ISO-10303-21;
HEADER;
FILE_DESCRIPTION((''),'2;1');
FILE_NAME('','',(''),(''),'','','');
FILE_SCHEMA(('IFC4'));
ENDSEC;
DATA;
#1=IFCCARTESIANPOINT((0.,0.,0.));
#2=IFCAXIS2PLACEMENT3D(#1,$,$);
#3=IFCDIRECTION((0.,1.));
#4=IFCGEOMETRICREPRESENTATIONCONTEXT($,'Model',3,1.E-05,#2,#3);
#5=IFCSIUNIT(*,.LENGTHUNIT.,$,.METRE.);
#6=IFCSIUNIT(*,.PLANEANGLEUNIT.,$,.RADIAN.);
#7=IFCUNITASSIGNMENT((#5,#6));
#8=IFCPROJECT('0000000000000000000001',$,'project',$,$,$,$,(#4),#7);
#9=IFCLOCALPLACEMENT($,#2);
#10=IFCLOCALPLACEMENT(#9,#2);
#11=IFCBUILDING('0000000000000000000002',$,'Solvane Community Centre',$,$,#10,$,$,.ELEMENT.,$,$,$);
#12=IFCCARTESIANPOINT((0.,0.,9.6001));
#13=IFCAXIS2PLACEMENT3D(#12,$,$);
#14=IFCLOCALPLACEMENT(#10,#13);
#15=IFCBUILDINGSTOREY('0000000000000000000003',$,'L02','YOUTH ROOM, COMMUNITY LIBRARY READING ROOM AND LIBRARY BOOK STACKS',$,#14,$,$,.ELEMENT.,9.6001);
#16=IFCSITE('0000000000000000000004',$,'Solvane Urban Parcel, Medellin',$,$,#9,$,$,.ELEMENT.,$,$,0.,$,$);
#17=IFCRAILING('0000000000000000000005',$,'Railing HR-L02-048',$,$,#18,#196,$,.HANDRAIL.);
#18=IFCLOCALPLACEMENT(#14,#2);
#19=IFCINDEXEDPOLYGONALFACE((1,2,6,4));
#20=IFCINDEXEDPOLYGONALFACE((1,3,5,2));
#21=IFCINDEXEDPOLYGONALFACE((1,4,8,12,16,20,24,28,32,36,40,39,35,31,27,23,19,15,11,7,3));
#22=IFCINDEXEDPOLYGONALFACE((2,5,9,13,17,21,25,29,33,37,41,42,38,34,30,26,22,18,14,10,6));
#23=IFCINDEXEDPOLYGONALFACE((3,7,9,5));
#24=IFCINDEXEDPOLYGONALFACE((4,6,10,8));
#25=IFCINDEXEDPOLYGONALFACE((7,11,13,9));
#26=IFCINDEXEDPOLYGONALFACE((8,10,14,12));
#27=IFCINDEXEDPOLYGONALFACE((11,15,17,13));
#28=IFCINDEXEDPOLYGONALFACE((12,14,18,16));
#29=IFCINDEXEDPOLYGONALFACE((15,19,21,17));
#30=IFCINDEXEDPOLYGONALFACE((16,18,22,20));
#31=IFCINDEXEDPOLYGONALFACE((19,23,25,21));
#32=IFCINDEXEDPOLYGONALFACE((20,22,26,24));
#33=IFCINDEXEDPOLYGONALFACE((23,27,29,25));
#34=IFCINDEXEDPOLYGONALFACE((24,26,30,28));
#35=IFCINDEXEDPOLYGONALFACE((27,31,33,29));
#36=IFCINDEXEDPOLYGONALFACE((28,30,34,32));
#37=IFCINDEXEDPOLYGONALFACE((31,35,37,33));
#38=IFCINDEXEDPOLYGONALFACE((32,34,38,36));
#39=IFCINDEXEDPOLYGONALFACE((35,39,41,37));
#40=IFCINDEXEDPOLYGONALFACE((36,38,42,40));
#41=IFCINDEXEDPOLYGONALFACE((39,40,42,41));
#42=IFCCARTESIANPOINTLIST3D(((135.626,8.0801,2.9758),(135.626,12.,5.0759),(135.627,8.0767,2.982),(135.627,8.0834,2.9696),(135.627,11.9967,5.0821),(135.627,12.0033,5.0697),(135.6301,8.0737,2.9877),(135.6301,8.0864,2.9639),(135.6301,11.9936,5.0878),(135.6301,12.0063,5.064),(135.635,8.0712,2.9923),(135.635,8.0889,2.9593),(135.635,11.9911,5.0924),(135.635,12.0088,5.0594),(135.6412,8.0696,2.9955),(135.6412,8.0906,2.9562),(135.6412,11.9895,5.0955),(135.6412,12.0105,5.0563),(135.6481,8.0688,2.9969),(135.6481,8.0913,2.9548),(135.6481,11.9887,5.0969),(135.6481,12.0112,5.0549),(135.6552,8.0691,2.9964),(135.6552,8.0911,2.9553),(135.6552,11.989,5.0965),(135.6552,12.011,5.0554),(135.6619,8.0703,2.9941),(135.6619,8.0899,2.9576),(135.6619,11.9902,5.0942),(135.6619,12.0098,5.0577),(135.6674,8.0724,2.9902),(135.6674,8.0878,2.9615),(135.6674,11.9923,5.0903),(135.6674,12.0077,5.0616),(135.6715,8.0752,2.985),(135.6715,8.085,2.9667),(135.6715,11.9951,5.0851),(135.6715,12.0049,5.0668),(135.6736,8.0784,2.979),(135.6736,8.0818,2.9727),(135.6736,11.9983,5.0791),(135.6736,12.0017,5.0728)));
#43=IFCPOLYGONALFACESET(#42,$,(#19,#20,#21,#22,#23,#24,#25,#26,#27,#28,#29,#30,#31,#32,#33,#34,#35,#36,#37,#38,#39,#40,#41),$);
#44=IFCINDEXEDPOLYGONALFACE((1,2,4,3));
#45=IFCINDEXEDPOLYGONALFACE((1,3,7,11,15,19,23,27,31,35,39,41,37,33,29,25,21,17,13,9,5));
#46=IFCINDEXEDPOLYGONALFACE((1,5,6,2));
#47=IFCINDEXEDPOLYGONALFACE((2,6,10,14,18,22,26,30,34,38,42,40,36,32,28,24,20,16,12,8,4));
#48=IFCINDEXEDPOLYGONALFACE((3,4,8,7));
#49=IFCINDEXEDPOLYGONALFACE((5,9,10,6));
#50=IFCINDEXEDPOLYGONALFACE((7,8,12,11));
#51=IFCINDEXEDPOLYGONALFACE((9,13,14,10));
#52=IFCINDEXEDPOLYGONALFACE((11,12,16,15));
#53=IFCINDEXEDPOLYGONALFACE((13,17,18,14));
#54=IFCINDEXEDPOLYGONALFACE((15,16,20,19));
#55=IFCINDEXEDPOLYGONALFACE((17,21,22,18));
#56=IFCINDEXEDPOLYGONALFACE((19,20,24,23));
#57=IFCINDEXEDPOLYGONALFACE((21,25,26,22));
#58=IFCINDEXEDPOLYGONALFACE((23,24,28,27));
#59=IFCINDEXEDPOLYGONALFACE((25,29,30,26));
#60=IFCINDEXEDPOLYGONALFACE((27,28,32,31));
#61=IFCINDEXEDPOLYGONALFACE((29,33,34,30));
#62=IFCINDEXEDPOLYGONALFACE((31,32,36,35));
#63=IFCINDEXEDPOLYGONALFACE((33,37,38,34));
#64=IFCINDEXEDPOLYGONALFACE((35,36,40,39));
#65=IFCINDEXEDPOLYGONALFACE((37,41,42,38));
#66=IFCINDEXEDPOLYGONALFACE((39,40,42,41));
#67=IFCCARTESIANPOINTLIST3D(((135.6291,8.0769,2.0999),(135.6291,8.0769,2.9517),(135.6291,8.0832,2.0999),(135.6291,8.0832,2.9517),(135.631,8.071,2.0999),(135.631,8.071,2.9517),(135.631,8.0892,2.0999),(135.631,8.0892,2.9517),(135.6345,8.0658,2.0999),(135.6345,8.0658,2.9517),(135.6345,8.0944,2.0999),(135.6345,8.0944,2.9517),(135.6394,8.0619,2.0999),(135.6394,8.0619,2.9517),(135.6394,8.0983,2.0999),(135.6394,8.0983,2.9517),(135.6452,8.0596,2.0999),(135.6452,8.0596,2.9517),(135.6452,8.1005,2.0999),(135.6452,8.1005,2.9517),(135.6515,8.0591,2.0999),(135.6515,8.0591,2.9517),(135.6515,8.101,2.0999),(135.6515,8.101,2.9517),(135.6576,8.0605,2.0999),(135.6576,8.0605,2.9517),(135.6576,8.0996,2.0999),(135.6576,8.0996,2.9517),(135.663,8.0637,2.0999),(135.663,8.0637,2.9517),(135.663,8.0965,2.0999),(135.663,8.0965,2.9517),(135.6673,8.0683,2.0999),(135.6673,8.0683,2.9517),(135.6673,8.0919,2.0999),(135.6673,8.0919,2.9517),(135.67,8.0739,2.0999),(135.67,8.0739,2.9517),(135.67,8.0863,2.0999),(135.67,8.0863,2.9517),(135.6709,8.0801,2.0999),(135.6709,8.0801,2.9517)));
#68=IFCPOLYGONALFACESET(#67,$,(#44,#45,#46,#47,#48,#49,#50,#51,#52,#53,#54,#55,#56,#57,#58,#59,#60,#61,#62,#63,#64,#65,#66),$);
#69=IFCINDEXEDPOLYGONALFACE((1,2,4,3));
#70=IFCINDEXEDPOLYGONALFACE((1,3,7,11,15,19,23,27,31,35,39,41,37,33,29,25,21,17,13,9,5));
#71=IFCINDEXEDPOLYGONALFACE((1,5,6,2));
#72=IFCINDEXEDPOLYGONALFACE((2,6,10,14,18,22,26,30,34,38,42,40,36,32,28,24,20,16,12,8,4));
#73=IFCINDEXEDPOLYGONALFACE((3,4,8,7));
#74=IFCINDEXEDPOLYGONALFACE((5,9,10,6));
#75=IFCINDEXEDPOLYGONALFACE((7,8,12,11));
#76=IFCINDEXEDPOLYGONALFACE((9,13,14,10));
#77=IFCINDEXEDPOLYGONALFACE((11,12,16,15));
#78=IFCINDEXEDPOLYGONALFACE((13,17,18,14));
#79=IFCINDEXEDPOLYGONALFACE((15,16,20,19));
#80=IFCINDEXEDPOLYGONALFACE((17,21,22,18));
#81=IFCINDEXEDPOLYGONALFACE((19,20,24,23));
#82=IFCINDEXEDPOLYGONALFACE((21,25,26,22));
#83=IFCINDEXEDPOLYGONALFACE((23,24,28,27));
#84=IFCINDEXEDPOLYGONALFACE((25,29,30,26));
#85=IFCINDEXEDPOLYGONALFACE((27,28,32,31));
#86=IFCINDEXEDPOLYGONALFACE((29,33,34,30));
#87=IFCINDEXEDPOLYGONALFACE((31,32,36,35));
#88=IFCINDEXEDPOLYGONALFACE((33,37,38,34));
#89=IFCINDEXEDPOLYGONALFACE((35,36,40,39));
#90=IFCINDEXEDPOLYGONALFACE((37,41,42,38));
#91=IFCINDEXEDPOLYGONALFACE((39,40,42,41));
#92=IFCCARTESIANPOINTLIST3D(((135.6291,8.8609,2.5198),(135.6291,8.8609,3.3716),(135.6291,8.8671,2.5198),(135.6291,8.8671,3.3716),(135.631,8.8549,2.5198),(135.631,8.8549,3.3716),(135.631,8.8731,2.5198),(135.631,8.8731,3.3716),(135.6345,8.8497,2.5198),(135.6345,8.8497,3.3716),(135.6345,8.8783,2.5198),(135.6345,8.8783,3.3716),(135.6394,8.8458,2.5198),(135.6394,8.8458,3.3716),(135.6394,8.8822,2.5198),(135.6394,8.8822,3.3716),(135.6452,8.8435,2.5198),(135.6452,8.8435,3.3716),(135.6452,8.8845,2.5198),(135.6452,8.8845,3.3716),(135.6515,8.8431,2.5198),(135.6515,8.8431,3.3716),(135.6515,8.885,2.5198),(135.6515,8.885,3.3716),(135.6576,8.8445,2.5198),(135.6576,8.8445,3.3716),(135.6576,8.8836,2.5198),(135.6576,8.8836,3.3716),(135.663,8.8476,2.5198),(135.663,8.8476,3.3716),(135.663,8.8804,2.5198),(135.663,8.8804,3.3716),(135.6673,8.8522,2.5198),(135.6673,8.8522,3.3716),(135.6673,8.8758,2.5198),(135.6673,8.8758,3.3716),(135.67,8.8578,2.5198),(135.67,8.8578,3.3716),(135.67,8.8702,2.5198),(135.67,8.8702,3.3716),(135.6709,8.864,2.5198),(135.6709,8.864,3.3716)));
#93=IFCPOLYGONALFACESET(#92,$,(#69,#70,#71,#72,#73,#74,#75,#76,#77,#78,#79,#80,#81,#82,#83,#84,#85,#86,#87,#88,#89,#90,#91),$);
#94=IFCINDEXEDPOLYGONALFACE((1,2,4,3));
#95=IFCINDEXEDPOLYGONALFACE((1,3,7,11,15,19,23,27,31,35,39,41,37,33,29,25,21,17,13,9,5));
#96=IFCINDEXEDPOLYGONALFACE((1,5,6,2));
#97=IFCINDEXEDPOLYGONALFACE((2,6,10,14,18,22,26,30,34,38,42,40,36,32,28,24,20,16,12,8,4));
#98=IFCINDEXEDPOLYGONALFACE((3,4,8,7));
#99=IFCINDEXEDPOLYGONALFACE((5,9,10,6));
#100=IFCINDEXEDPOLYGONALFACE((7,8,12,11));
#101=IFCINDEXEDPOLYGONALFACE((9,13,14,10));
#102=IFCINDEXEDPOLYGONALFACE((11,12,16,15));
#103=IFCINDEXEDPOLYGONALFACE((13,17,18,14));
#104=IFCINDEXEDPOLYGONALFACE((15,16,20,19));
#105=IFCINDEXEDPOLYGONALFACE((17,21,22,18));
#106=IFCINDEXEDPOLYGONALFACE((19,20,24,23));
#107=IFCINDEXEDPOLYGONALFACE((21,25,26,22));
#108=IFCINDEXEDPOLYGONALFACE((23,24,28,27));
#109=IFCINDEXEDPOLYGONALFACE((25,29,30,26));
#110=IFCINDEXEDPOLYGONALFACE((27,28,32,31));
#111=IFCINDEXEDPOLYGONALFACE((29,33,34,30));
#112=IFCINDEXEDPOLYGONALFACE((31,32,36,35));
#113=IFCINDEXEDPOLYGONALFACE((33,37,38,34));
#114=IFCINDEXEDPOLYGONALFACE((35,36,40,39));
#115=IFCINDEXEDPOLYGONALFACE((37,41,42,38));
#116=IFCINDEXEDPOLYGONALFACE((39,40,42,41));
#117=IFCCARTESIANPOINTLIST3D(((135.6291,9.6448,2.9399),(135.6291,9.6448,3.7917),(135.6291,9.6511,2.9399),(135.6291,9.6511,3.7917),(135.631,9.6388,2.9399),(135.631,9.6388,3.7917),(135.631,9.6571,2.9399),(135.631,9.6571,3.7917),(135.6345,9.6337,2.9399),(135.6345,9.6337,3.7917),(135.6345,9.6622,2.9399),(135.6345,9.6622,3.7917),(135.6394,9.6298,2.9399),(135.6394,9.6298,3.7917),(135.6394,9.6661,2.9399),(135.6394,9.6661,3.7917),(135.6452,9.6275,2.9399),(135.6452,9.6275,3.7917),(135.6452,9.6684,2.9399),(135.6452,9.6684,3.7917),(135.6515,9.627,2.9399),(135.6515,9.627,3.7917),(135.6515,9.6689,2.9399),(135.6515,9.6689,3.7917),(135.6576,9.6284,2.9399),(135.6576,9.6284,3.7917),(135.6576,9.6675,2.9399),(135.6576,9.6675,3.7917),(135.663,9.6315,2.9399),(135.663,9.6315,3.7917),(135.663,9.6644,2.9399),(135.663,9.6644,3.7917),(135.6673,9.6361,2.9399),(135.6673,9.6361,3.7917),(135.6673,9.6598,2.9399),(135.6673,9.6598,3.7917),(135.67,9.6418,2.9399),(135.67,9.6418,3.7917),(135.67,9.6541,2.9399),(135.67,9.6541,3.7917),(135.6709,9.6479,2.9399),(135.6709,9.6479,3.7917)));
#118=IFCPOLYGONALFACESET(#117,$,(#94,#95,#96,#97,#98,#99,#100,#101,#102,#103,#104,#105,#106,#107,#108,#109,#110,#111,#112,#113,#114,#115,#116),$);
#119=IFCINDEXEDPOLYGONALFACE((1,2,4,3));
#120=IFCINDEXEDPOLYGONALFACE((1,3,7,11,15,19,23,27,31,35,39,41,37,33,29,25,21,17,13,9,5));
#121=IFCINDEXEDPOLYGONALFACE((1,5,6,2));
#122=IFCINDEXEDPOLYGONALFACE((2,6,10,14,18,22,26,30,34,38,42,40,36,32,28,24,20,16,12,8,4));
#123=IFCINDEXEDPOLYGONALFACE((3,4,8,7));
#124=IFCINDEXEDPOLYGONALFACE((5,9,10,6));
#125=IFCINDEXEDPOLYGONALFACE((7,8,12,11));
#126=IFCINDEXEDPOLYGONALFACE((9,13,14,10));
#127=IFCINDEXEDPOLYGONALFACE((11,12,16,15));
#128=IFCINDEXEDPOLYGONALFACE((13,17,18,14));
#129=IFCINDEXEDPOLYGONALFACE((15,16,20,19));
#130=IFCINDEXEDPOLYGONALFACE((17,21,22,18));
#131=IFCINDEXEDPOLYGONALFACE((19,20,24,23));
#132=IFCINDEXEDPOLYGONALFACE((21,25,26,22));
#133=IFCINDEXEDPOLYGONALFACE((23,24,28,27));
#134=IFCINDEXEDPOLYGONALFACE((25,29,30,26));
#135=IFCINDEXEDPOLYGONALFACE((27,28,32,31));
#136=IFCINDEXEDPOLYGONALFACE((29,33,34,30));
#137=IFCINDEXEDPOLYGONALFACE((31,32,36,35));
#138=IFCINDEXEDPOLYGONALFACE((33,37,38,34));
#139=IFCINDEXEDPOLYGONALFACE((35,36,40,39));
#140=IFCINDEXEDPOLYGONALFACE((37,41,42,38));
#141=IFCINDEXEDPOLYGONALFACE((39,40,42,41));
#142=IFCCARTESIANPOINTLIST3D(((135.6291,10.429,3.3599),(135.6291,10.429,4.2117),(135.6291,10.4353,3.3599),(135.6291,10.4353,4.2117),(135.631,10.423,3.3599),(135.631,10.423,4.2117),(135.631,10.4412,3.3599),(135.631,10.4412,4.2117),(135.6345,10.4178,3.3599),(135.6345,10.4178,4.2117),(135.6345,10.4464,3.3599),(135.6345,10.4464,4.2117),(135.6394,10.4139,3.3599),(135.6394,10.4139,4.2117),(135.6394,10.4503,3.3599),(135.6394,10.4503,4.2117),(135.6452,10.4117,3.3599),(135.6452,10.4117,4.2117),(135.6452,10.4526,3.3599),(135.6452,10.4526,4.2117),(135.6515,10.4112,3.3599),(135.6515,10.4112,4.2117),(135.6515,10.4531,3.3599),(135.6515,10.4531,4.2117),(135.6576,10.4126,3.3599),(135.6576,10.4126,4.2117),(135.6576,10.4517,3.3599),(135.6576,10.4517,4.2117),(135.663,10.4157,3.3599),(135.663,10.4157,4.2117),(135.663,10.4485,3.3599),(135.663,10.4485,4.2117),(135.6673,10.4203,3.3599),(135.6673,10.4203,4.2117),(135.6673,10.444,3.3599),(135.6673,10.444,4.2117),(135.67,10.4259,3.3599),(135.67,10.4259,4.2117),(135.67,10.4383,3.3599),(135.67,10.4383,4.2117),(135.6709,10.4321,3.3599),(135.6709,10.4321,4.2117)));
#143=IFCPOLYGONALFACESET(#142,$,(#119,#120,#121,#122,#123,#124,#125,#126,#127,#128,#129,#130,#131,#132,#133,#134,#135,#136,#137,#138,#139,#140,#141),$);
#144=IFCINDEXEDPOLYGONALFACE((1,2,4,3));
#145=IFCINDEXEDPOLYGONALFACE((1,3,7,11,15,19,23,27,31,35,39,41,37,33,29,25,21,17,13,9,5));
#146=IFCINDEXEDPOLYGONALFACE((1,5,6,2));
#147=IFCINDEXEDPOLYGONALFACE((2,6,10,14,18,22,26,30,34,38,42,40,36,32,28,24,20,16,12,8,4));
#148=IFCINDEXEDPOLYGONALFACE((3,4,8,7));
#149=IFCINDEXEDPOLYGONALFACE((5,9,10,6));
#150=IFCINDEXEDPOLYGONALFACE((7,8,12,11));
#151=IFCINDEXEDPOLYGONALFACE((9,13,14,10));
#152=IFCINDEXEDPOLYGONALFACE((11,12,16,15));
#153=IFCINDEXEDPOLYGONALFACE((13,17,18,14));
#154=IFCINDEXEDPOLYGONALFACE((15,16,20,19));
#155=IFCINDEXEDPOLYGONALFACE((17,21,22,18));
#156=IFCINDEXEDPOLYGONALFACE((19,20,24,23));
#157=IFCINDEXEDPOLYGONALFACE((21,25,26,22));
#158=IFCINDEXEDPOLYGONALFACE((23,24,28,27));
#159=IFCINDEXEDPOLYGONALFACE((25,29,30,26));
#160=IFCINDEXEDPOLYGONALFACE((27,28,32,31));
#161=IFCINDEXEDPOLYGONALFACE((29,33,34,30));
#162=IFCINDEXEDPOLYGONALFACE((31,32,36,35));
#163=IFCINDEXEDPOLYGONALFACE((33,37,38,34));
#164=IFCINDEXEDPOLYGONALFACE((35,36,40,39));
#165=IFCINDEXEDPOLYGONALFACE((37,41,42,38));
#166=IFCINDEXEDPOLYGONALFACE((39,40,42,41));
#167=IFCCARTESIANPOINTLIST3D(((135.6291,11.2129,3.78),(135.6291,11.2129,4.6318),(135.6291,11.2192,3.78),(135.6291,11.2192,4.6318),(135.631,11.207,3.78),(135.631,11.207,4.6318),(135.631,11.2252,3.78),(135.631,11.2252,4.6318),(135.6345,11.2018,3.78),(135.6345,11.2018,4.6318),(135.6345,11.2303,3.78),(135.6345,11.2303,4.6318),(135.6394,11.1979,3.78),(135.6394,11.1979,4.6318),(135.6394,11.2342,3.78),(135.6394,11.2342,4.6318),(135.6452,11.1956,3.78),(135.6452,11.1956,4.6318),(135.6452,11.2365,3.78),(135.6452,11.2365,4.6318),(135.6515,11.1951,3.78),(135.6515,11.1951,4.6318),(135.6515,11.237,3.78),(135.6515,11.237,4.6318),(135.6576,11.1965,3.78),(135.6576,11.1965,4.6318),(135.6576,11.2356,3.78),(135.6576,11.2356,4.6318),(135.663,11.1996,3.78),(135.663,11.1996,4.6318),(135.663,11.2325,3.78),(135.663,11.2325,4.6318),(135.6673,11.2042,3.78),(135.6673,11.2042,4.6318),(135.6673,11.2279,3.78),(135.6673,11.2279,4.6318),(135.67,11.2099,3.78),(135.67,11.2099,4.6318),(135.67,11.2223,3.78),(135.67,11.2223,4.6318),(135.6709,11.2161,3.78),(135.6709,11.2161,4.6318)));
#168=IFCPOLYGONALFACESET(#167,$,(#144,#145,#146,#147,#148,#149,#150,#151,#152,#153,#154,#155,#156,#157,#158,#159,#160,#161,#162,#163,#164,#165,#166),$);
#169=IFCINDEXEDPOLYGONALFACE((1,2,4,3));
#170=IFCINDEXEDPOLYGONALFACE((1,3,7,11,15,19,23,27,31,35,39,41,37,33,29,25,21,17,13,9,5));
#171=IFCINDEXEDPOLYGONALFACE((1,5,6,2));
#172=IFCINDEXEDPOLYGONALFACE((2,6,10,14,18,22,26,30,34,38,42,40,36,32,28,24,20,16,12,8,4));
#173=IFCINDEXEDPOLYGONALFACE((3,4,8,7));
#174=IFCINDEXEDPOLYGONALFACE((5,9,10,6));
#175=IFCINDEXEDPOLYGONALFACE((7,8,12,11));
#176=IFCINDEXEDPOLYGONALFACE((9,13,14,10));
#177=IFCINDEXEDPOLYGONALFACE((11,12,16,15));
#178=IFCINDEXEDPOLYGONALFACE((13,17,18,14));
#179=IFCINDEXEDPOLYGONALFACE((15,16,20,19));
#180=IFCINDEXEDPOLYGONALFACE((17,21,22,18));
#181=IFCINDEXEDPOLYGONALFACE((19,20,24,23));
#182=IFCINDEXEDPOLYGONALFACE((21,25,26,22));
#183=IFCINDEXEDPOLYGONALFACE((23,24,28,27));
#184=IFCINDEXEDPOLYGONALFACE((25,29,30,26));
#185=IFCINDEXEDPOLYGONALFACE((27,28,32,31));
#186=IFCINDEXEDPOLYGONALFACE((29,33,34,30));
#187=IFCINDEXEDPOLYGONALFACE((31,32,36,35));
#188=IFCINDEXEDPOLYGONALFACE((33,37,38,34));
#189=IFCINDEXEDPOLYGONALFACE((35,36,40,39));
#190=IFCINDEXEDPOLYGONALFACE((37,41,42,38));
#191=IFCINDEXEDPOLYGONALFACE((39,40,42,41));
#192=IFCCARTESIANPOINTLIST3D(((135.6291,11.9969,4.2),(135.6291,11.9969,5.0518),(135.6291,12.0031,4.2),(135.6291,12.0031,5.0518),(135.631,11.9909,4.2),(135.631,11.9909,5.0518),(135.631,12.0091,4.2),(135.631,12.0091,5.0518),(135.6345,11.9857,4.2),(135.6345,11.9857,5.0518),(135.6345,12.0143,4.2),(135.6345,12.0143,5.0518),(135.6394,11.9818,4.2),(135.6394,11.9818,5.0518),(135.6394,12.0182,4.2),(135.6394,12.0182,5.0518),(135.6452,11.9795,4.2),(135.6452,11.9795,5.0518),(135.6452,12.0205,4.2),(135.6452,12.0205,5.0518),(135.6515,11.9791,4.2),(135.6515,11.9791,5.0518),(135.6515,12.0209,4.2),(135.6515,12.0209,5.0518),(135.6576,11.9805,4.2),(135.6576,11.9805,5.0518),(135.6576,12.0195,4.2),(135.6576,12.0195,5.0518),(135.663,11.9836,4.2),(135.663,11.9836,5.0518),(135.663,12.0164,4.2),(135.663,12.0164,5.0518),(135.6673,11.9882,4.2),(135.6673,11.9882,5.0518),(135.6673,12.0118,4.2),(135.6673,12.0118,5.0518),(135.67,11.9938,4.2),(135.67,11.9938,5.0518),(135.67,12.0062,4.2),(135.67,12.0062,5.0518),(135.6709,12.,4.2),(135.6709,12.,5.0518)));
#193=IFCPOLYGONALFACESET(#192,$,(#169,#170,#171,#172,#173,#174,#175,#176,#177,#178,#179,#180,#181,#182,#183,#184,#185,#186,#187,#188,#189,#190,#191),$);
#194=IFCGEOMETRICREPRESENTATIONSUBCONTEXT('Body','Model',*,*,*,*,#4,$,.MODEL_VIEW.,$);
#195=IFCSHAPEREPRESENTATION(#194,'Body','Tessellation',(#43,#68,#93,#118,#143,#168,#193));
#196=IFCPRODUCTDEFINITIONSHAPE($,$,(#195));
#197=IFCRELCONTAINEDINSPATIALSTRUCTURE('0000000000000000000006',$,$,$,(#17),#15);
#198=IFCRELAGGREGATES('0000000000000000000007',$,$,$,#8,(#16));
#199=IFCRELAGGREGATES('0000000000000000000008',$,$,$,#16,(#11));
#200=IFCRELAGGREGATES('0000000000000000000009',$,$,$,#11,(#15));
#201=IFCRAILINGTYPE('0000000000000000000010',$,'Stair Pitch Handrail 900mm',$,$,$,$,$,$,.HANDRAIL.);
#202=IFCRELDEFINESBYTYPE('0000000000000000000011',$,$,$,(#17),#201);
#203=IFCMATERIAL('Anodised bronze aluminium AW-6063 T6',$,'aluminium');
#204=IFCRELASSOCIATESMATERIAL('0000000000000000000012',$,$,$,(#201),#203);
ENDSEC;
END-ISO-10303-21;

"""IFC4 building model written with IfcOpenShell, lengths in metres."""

from ifc_helpers import new_model, si_unit, direction, frame, origin, origin_2d, place, context, subcontext, project, spatial, circle, extrude, material, type_object, element, save


model = new_model("IFC4")

# Units and contexts
model_context = context("Model", 3, precision=1e-05, world=origin(), true_north=direction((0.0, 1.0)))
body_context = subcontext(model_context, "Body", "Model", "MODEL_VIEW")
ifc_project = project(units=[si_unit("LENGTHUNIT", "METRE"), si_unit("PLANEANGLEUNIT", "RADIAN")], contexts=[model_context])

# Site, building, storey
site_placement = place(None, origin())
site = spatial("IfcSite", under=ifc_project, at=site_placement, Name="Solvane Urban Parcel, Medellin", CompositionType="ELEMENT", RefElevation=0.0)
building_placement = place(site_placement, origin())
building = spatial("IfcBuilding", under=site, at=building_placement, Name="Solvane Community Centre", CompositionType="ELEMENT")
storey_placement = place(building_placement, frame((0.0, 0.0, 9.6001)))
storey = spatial("IfcBuildingStorey", under=building, at=storey_placement, Name="L02", Description="YOUTH ROOM, COMMUNITY LIBRARY READING ROOM AND LIBRARY BOOK STACKS", CompositionType="ELEMENT", Elevation=9.6001)

# Shared definitions
ifc_material_1 = material(Name="Anodised bronze aluminium AW-6063 T6", Category="aluminium")

# Railing
railing_type_1 = type_object("IfcRailingType", Name="Stair Pitch Handrail 900mm", PredefinedType="HANDRAIL", material=ifc_material_1)
railing_1_placement = place(storey_placement, frame((135.6499, 8.0801, 2.0999)))
element("IfcRailing", 1, at=railing_1_placement, inside=storey, type_object=railing_type_1, Name="Railing HR-L02-048", PredefinedType="HANDRAIL", context=body_context, shape_type="SweptSolid", body=[
    extrude(circle(Radius=0.0239, at=origin_2d()), frame((0.0, 0.0, 0.876), z_axis=(0.0, 0.881467, 0.472246), x_axis=(-1.0, 0.0, 0.0)), (0.0, 0.0, 1.0), 4.447),
    extrude(circle(Radius=0.021, at=origin_2d()), origin(), (0.0, 0.0, 1.0), 0.8518),
    extrude(circle(Radius=0.021, at=origin_2d()), frame((0.0, 0.7839, 0.4199)), (0.0, 0.0, 1.0), 0.8518),
    extrude(circle(Radius=0.021, at=origin_2d()), frame((0.0, 1.5679, 0.8401)), (0.0, 0.0, 1.0), 0.8518),
    extrude(circle(Radius=0.021, at=origin_2d()), frame((0.0, 2.3521, 1.26)), (0.0, 0.0, 1.0), 0.8518),
    extrude(circle(Radius=0.021, at=origin_2d()), frame((0.0, 3.136, 1.6802)), (0.0, 0.0, 1.0), 0.8518),
    extrude(circle(Radius=0.021, at=origin_2d()), frame((0.0, 3.9199, 2.1001)), (0.0, 0.0, 1.0), 0.8518),
])

save(model, "model.ifc")
